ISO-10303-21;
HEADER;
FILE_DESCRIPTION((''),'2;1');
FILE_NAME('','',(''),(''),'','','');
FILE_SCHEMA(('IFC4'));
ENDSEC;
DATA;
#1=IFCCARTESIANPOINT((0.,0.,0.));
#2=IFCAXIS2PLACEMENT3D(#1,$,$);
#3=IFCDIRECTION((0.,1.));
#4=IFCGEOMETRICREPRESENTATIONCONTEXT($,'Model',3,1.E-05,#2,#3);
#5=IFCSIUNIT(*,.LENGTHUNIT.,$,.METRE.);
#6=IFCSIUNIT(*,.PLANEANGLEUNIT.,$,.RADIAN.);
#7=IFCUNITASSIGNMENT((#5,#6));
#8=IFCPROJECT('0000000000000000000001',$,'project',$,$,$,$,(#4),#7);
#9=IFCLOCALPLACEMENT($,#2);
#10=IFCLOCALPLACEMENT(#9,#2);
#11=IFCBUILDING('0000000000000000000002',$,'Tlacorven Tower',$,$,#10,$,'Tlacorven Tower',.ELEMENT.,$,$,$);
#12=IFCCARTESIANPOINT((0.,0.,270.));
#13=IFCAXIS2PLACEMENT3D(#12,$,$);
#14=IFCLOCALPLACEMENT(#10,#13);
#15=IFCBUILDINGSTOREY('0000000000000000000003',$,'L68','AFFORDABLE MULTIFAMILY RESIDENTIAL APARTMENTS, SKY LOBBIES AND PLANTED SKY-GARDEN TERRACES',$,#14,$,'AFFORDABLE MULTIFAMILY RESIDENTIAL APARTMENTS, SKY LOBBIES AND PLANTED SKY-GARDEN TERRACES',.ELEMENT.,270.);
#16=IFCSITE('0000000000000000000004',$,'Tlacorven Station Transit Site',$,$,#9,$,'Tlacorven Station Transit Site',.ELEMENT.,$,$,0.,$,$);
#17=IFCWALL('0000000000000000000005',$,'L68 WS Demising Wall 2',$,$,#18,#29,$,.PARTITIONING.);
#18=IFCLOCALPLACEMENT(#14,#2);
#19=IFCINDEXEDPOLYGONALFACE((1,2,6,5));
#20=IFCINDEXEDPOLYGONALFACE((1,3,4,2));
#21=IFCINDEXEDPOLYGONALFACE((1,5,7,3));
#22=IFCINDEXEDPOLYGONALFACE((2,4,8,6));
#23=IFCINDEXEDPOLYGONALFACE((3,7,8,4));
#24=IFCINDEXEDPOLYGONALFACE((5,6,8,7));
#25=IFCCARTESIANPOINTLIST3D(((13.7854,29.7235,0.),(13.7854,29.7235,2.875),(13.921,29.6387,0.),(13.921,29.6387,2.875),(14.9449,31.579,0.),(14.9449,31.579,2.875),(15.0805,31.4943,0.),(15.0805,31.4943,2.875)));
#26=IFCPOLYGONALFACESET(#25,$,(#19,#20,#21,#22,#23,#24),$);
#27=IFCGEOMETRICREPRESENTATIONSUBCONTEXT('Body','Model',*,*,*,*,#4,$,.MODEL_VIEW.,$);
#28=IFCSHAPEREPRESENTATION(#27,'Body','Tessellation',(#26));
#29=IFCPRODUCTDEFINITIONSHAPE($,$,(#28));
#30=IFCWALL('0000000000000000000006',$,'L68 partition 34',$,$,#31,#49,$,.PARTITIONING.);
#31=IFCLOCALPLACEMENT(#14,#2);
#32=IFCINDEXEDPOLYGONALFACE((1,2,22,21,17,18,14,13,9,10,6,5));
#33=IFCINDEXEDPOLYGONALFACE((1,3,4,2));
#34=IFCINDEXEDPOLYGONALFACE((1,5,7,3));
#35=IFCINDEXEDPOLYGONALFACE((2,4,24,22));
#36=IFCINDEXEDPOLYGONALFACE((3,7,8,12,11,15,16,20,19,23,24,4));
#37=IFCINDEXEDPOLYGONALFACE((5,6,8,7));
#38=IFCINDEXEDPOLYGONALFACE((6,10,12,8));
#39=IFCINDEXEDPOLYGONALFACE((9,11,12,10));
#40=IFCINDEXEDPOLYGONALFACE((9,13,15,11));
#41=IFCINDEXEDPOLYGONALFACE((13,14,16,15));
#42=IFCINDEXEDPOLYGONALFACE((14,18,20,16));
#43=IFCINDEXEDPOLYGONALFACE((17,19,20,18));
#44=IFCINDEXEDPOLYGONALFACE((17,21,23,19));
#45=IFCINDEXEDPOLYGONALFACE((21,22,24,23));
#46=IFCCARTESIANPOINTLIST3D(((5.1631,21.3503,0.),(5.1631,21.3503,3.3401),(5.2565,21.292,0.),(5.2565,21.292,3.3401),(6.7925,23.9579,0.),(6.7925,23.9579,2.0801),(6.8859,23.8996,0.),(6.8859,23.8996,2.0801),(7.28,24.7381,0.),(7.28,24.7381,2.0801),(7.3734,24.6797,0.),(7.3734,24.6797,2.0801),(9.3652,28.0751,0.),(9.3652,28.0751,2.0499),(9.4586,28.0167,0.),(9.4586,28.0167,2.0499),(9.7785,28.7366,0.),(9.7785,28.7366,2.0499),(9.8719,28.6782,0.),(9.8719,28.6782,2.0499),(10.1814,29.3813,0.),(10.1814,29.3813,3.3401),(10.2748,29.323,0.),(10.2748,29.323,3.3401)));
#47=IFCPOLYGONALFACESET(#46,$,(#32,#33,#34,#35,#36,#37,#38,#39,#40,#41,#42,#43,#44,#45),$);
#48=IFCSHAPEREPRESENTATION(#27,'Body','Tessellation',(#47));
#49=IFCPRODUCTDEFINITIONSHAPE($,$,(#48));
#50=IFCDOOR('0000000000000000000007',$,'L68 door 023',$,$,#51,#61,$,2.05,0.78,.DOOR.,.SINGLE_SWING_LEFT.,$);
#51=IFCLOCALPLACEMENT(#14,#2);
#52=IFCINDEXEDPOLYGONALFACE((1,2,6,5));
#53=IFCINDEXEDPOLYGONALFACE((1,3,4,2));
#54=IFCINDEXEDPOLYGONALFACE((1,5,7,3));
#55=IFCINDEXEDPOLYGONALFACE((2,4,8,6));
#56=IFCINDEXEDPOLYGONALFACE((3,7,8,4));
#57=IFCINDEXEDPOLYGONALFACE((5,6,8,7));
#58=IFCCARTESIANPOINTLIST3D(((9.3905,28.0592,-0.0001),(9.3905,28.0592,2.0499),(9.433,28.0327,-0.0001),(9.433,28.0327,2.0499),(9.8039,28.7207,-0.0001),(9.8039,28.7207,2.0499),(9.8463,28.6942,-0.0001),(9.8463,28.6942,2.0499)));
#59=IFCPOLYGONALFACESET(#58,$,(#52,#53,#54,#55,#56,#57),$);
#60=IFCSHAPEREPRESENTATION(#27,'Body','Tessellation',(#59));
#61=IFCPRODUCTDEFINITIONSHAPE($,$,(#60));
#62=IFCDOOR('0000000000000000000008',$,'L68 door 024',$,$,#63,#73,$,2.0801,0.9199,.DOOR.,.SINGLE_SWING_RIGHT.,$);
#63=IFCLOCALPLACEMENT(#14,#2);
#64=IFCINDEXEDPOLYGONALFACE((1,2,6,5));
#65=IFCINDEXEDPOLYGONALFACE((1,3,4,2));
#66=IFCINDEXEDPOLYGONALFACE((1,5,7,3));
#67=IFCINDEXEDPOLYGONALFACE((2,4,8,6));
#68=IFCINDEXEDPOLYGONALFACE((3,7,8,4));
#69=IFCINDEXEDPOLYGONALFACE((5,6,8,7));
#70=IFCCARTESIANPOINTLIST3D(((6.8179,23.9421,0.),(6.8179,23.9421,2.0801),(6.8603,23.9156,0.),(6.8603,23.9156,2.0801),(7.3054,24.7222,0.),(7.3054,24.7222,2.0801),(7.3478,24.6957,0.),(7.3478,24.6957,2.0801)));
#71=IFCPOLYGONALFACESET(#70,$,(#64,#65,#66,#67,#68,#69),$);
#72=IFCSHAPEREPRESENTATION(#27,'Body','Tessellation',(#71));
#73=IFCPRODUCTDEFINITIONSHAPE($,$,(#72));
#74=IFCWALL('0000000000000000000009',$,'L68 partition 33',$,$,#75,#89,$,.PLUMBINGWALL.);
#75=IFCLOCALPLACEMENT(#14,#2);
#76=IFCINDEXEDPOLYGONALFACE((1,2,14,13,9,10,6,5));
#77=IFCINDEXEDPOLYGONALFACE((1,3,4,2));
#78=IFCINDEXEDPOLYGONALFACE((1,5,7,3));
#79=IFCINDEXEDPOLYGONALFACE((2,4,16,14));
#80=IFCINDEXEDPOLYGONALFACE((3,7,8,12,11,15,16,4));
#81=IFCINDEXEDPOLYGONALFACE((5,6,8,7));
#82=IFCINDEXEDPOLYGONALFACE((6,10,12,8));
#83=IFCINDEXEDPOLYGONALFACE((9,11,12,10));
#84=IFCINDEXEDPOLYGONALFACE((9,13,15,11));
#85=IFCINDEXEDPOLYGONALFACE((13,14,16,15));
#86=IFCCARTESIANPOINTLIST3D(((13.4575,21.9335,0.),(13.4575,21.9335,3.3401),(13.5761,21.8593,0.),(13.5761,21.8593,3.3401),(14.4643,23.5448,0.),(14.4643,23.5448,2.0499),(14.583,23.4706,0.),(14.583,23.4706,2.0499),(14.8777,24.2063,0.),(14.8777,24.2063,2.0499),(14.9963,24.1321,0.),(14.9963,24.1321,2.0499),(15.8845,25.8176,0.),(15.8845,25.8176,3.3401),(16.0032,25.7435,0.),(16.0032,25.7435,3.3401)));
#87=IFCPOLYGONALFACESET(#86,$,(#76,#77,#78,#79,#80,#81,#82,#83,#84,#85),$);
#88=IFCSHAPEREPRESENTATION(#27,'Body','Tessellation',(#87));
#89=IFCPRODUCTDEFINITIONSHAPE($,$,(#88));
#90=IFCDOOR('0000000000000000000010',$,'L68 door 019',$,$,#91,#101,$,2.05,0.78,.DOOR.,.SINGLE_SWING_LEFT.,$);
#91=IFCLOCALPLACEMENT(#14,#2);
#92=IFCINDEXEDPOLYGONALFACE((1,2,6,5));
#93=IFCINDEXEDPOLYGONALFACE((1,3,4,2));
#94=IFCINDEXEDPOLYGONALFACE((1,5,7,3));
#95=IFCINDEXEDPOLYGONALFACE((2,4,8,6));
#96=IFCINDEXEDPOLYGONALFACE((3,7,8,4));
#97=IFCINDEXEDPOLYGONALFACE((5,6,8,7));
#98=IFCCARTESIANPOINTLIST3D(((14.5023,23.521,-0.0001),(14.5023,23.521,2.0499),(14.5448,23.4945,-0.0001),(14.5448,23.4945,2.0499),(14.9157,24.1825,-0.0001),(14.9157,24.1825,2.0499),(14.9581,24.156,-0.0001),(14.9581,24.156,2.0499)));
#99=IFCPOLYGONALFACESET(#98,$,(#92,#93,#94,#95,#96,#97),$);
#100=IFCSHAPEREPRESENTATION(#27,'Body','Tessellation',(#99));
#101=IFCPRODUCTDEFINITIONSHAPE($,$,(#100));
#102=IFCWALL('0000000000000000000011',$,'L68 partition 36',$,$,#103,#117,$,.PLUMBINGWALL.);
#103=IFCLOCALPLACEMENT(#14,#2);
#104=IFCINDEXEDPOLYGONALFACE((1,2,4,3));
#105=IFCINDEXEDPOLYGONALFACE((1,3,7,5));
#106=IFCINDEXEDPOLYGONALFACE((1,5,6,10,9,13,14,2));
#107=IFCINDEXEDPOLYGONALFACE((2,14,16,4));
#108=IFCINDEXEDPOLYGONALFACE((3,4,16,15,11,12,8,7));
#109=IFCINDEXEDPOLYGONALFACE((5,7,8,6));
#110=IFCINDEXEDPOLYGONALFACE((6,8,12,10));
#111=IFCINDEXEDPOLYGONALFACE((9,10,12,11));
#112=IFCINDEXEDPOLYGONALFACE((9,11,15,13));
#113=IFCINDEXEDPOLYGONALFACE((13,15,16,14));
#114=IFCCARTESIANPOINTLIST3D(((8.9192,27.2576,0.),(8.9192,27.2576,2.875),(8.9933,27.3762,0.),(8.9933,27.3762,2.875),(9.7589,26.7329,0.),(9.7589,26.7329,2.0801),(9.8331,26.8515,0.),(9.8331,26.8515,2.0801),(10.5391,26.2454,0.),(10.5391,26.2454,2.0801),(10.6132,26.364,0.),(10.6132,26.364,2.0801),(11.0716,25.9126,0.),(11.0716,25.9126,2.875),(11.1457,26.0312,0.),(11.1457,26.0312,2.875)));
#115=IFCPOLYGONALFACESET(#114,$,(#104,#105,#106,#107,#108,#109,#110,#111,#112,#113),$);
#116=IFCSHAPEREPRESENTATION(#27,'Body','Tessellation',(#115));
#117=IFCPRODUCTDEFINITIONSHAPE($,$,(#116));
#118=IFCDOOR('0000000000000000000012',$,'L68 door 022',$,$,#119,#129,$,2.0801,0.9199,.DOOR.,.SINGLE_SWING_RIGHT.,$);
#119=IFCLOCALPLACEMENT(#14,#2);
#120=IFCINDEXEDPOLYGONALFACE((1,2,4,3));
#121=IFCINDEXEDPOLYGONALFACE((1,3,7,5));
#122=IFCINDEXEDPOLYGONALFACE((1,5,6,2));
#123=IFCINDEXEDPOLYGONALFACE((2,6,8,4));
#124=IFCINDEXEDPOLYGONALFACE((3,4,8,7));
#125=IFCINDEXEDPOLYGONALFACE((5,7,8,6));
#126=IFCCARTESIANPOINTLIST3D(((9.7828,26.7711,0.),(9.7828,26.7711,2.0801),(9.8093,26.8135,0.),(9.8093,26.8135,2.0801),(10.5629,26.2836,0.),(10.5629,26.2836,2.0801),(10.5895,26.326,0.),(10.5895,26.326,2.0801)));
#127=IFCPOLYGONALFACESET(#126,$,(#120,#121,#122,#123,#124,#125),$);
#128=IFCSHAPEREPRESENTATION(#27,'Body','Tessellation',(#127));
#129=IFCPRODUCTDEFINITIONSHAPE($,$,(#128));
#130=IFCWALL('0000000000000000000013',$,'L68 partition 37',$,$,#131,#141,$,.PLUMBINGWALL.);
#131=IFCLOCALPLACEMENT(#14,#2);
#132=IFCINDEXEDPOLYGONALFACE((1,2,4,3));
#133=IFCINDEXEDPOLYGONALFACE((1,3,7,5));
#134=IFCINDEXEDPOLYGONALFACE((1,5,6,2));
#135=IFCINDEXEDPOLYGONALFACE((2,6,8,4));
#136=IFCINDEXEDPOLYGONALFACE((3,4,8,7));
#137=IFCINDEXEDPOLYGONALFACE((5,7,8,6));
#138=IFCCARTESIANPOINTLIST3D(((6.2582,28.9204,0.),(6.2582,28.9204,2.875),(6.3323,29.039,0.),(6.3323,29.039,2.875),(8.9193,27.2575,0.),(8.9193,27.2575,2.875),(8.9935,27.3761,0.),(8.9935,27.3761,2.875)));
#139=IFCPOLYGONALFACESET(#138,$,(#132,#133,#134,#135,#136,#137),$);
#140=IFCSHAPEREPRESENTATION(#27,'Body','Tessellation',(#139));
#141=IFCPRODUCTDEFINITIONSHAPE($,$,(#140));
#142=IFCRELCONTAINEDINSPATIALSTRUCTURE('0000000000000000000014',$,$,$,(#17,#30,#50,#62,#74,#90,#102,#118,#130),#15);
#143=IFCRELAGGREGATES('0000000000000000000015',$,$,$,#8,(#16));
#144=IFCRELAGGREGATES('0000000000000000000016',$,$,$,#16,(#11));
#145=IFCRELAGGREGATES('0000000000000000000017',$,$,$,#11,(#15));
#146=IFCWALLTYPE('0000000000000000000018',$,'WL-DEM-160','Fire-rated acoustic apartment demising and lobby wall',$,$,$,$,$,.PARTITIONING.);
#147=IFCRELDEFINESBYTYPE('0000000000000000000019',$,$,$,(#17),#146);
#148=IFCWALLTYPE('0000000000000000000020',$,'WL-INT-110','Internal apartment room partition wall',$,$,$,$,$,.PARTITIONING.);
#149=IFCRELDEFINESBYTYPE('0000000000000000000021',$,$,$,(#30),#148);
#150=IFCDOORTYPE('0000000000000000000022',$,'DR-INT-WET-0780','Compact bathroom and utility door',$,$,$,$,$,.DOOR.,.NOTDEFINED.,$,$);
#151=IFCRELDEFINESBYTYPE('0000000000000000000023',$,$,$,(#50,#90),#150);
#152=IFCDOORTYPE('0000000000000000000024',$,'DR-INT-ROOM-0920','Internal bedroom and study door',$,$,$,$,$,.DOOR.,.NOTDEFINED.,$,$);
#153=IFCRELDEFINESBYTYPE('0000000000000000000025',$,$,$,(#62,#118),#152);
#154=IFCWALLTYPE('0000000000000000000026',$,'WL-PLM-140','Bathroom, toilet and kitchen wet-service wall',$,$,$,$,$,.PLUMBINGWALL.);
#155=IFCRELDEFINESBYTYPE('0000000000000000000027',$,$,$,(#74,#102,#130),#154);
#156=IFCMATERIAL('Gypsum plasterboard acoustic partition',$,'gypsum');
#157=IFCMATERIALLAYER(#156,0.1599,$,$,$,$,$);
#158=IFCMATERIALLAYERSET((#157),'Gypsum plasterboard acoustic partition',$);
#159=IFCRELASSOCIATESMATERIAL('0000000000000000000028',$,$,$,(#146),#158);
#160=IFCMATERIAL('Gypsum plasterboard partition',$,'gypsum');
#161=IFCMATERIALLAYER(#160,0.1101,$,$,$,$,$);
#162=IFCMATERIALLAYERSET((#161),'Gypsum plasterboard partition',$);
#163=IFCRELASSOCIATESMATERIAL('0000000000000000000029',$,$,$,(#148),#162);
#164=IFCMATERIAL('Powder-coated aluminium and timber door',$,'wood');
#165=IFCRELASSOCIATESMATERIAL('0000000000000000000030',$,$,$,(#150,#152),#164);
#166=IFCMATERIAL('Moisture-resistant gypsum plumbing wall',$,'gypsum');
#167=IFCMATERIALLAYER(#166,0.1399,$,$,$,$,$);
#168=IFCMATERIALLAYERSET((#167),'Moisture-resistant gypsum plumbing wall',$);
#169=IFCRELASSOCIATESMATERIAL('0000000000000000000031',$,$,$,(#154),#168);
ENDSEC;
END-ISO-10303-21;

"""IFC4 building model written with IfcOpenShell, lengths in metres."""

from ifc_helpers import new_model, si_unit, direction, frame, frame_2d, origin, place, context, subcontext, project, spatial, rectangle, extrude, source, transform, mapped, material, layer, layer_set, type_object, element, fill, save


model = new_model("IFC4")

# Units and contexts
model_context = context("Model", 3, precision=1e-05, world=origin(), true_north=direction((0.0, 1.0)))
body_context = subcontext(model_context, "Body", "Model", "MODEL_VIEW")
ifc_project = project(units=[si_unit("LENGTHUNIT", "METRE"), si_unit("PLANEANGLEUNIT", "RADIAN")], contexts=[model_context])

# Site, building, storey
site_placement = place(None, origin())
site = spatial("IfcSite", under=ifc_project, at=site_placement, Name="Tlacorven Station Transit Site", LongName="Tlacorven Station Transit Site", CompositionType="ELEMENT", RefElevation=0.0)
building_placement = place(site_placement, origin())
building = spatial("IfcBuilding", under=site, at=building_placement, Name="Tlacorven Tower", LongName="Tlacorven Tower", CompositionType="ELEMENT")
storey_placement = place(building_placement, frame((0.0, 0.0, 270.0)))
storey = spatial("IfcBuildingStorey", under=building, at=storey_placement, Name="L68", Description="AFFORDABLE MULTIFAMILY RESIDENTIAL APARTMENTS, SKY LOBBIES AND PLANTED SKY-GARDEN TERRACES", LongName="AFFORDABLE MULTIFAMILY RESIDENTIAL APARTMENTS, SKY LOBBIES AND PLANTED SKY-GARDEN TERRACES", CompositionType="ELEMENT", Elevation=270.0)

# Wall
ifc_material_1 = material(Name="Gypsum plasterboard acoustic partition", Category="gypsum")
ifc_layer_1 = layer(ifc_material_1, 0.1599)
ifc_layer_set_1 = layer_set([ifc_layer_1], Name="Gypsum plasterboard acoustic partition")
wall_type_1 = type_object("IfcWallType", Name="WL-DEM-160", Description="Fire-rated acoustic apartment demising and lobby wall", PredefinedType="PARTITIONING", material=ifc_layer_set_1)
wall_1_placement = place(storey_placement, frame((15.0127, 31.5366, 0.0), z_axis=(0.0, 0.0, 1.0), x_axis=(-0.529919, -0.848048, 0.0)))
element("IfcWall", 1, at=wall_1_placement, inside=storey, type_object=wall_type_1, Name="L68 WS Demising Wall 2", PredefinedType="PARTITIONING", context=body_context, shape_type="SweptSolid", body=[
    extrude(rectangle(XDim=2.188, YDim=0.1599, at=frame_2d((1.094, 0.0))), origin(), (0.0, 0.0, 1.0), 2.875),
])

# Wall, openings, doors
ifc_material_2 = material(Name="Gypsum plasterboard partition", Category="gypsum")
ifc_layer_2 = layer(ifc_material_2, 0.1101)
ifc_layer_set_2 = layer_set([ifc_layer_2], Name="Gypsum plasterboard partition")
wall_type_2 = type_object("IfcWallType", Name="WL-INT-110", Description="Internal apartment room partition wall", PredefinedType="PARTITIONING", material=ifc_layer_set_2)
wall_2_placement = place(storey_placement, frame((10.228, 29.3521, 0.0), z_axis=(0.0, 0.0, 1.0), x_axis=(-0.529918, -0.848049, 0.0)))
wall_2 = element("IfcWall", 2, at=wall_2_placement, inside=storey, type_object=wall_type_2, Name="L68 partition 34", PredefinedType="PARTITIONING", context=body_context, shape_type="SweptSolid", body=[
    extrude(rectangle(XDim=9.47, YDim=0.1101, at=frame_2d((4.7349, 0.0))), origin(), (0.0, 0.0, 1.0), 3.3401),
])
opening_1_placement = place(wall_2_placement, frame((0.76, 0.0, 0.0)))
opening_1 = element("IfcOpeningElement", 3, at=opening_1_placement, cuts=wall_2, PredefinedType="OPENING", context=body_context, shape_type="SweptSolid", body=[
    extrude(rectangle(XDim=0.78, YDim=2.05, at=frame_2d((0.3901, 1.0249))), frame((0.0, 0.0649, 0.0), z_axis=(0.0, -1.0, 0.0), x_axis=(1.0, 0.0, 0.0)), (0.0, 0.0, 1.0), 0.1301),
])
opening_2_placement = place(wall_2_placement, frame((5.4751, 0.0, 0.0)))
opening_2 = element("IfcOpeningElement", 4, at=opening_2_placement, cuts=wall_2, PredefinedType="OPENING", context=body_context, shape_type="SweptSolid", body=[
    extrude(rectangle(XDim=0.9199, YDim=2.0801, at=frame_2d((0.46, 1.04))), frame((0.0, 0.0649, 0.0), z_axis=(0.0, -1.0, 0.0), x_axis=(1.0, 0.0, 0.0)), (0.0, 0.0, 1.0), 0.1301),
])
ifc_material_3 = material(Name="Powder-coated aluminium and timber door", Category="wood")
door_type_1 = type_object("IfcDoorType", Name="DR-INT-WET-0780", Description="Compact bathroom and utility door", OperationType="NOTDEFINED", PredefinedType="DOOR", material=ifc_material_3)
shared_shape_1 = source(origin(), body_context, "Body", "SweptSolid", [
    extrude(rectangle(XDim=0.78, YDim=2.05, at=frame_2d((0.3901, 1.0249))), frame((0.0, 0.0249, 0.0), z_axis=(0.0, -1.0, 0.0), x_axis=(1.0, 0.0, 0.0)), (0.0, 0.0, 1.0), 0.05),
])
door_1_placement = place(opening_1_placement, origin())
door_1 = element("IfcDoor", 5, at=door_1_placement, inside=storey, type_object=door_type_1, Name="L68 door 023", OperationType="SINGLE_SWING_LEFT", OverallHeight=2.05, OverallWidth=0.78, PredefinedType="DOOR", context=body_context, shape_type="MappedRepresentation", body=[
    mapped(shared_shape_1, transform((0.0, 0.0, 0.0), scale=1.0)),
])
fill(opening_1, door_1)
door_type_2 = type_object("IfcDoorType", Name="DR-INT-ROOM-0920", Description="Internal bedroom and study door", OperationType="NOTDEFINED", PredefinedType="DOOR", material=ifc_material_3)
shared_shape_2 = source(origin(), body_context, "Body", "SweptSolid", [
    extrude(rectangle(XDim=0.9199, YDim=2.0801, at=frame_2d((0.46, 1.04))), frame((0.0, 0.0249, 0.0), z_axis=(0.0, -1.0, 0.0), x_axis=(1.0, 0.0, 0.0)), (0.0, 0.0, 1.0), 0.05),
])
door_2_placement = place(opening_2_placement, origin())
door_2 = element("IfcDoor", 6, at=door_2_placement, inside=storey, type_object=door_type_2, Name="L68 door 024", OperationType="SINGLE_SWING_RIGHT", OverallHeight=2.0801, OverallWidth=0.9199, PredefinedType="DOOR", context=body_context, shape_type="MappedRepresentation", body=[
    mapped(shared_shape_2, transform((0.0, 0.0, 0.0), scale=1.0)),
])
fill(opening_2, door_2)

# Walls, openings, doors
ifc_material_4 = material(Name="Moisture-resistant gypsum plumbing wall", Category="gypsum")
ifc_layer_3 = layer(ifc_material_4, 0.1399)
ifc_layer_set_3 = layer_set([ifc_layer_3], Name="Moisture-resistant gypsum plumbing wall")
wall_type_3 = type_object("IfcWallType", Name="WL-PLM-140", Description="Bathroom, toilet and kitchen wet-service wall", PredefinedType="PLUMBINGWALL", material=ifc_layer_set_3)
wall_3_placement = place(storey_placement, frame((15.9438, 25.7805, 0.0), z_axis=(0.0, 0.0, 1.0), x_axis=(-0.529917, -0.848049, 0.0)))
wall_3 = element("IfcWall", 7, at=wall_3_placement, inside=storey, type_object=wall_type_3, Name="L68 partition 33", PredefinedType="PLUMBINGWALL", context=body_context, shape_type="SweptSolid", body=[
    extrude(rectangle(XDim=4.5801, YDim=0.1399, at=frame_2d((2.29, 0.0))), origin(), (0.0, 0.0, 1.0), 3.3401),
])
opening_3_placement = place(wall_3_placement, frame((1.8999, 0.0, 0.0)))
opening_3 = element("IfcOpeningElement", 8, at=opening_3_placement, cuts=wall_3, PredefinedType="OPENING", context=body_context, shape_type="SweptSolid", body=[
    extrude(rectangle(XDim=0.78, YDim=2.05, at=frame_2d((0.3901, 1.0249))), frame((0.0, 0.0801, 0.0), z_axis=(0.0, -1.0, 0.0), x_axis=(1.0, 0.0, 0.0)), (0.0, 0.0, 1.0), 0.1599),
])
door_3_placement = place(opening_3_placement, origin())
door_3 = element("IfcDoor", 9, at=door_3_placement, inside=storey, type_object=door_type_1, Name="L68 door 019", OperationType="SINGLE_SWING_LEFT", OverallHeight=2.05, OverallWidth=0.78, PredefinedType="DOOR", context=body_context, shape_type="MappedRepresentation", body=[
    mapped(shared_shape_1, transform((0.0, 0.0, 0.0), scale=1.0)),
])
fill(opening_3, door_3)
wall_4_placement = place(storey_placement, frame((11.1086, 25.9719, 0.0), z_axis=(0.0, 0.0, 1.0), x_axis=(-0.848042, 0.52993, 0.0)))
wall_4 = element("IfcWall", 10, at=wall_4_placement, inside=storey, type_object=wall_type_3, Name="L68 partition 36", PredefinedType="PLUMBINGWALL", context=body_context, shape_type="SweptSolid", body=[
    extrude(rectangle(XDim=2.5381, YDim=0.1399, at=frame_2d((1.269, 0.0))), origin(), (0.0, 0.0, 1.0), 2.875),
])
opening_4_placement = place(wall_4_placement, frame((0.6279, 0.0, 0.0)))
opening_4 = element("IfcOpeningElement", 11, at=opening_4_placement, cuts=wall_4, PredefinedType="OPENING", context=body_context, shape_type="SweptSolid", body=[
    extrude(rectangle(XDim=0.9199, YDim=2.0801, at=frame_2d((0.46, 1.04))), frame((0.0, 0.0801, 0.0), z_axis=(0.0, -1.0, 0.0), x_axis=(1.0, 0.0, 0.0)), (0.0, 0.0, 1.0), 0.1599),
])
door_4_placement = place(opening_4_placement, origin())
door_4 = element("IfcDoor", 12, at=door_4_placement, inside=storey, type_object=door_type_2, Name="L68 door 022", OperationType="SINGLE_SWING_RIGHT", OverallHeight=2.0801, OverallWidth=0.9199, PredefinedType="DOOR", context=body_context, shape_type="MappedRepresentation", body=[
    mapped(shared_shape_2, transform((0.0, 0.0, 0.0), scale=1.0)),
])
fill(opening_4, door_4)

# Wall
wall_5_placement = place(storey_placement, frame((8.9563, 27.3169, 0.0), z_axis=(0.0, 0.0, 1.0), x_axis=(-0.848051, 0.529915, 0.0)))
element("IfcWall", 13, at=wall_5_placement, inside=storey, type_object=wall_type_3, Name="L68 partition 37", PredefinedType="PLUMBINGWALL", context=body_context, shape_type="SweptSolid", body=[
    extrude(rectangle(XDim=3.1379, YDim=0.1399, at=frame_2d((1.5688, 0.0))), origin(), (0.0, 0.0, 1.0), 2.875),
])

save(model, "model.ifc")
